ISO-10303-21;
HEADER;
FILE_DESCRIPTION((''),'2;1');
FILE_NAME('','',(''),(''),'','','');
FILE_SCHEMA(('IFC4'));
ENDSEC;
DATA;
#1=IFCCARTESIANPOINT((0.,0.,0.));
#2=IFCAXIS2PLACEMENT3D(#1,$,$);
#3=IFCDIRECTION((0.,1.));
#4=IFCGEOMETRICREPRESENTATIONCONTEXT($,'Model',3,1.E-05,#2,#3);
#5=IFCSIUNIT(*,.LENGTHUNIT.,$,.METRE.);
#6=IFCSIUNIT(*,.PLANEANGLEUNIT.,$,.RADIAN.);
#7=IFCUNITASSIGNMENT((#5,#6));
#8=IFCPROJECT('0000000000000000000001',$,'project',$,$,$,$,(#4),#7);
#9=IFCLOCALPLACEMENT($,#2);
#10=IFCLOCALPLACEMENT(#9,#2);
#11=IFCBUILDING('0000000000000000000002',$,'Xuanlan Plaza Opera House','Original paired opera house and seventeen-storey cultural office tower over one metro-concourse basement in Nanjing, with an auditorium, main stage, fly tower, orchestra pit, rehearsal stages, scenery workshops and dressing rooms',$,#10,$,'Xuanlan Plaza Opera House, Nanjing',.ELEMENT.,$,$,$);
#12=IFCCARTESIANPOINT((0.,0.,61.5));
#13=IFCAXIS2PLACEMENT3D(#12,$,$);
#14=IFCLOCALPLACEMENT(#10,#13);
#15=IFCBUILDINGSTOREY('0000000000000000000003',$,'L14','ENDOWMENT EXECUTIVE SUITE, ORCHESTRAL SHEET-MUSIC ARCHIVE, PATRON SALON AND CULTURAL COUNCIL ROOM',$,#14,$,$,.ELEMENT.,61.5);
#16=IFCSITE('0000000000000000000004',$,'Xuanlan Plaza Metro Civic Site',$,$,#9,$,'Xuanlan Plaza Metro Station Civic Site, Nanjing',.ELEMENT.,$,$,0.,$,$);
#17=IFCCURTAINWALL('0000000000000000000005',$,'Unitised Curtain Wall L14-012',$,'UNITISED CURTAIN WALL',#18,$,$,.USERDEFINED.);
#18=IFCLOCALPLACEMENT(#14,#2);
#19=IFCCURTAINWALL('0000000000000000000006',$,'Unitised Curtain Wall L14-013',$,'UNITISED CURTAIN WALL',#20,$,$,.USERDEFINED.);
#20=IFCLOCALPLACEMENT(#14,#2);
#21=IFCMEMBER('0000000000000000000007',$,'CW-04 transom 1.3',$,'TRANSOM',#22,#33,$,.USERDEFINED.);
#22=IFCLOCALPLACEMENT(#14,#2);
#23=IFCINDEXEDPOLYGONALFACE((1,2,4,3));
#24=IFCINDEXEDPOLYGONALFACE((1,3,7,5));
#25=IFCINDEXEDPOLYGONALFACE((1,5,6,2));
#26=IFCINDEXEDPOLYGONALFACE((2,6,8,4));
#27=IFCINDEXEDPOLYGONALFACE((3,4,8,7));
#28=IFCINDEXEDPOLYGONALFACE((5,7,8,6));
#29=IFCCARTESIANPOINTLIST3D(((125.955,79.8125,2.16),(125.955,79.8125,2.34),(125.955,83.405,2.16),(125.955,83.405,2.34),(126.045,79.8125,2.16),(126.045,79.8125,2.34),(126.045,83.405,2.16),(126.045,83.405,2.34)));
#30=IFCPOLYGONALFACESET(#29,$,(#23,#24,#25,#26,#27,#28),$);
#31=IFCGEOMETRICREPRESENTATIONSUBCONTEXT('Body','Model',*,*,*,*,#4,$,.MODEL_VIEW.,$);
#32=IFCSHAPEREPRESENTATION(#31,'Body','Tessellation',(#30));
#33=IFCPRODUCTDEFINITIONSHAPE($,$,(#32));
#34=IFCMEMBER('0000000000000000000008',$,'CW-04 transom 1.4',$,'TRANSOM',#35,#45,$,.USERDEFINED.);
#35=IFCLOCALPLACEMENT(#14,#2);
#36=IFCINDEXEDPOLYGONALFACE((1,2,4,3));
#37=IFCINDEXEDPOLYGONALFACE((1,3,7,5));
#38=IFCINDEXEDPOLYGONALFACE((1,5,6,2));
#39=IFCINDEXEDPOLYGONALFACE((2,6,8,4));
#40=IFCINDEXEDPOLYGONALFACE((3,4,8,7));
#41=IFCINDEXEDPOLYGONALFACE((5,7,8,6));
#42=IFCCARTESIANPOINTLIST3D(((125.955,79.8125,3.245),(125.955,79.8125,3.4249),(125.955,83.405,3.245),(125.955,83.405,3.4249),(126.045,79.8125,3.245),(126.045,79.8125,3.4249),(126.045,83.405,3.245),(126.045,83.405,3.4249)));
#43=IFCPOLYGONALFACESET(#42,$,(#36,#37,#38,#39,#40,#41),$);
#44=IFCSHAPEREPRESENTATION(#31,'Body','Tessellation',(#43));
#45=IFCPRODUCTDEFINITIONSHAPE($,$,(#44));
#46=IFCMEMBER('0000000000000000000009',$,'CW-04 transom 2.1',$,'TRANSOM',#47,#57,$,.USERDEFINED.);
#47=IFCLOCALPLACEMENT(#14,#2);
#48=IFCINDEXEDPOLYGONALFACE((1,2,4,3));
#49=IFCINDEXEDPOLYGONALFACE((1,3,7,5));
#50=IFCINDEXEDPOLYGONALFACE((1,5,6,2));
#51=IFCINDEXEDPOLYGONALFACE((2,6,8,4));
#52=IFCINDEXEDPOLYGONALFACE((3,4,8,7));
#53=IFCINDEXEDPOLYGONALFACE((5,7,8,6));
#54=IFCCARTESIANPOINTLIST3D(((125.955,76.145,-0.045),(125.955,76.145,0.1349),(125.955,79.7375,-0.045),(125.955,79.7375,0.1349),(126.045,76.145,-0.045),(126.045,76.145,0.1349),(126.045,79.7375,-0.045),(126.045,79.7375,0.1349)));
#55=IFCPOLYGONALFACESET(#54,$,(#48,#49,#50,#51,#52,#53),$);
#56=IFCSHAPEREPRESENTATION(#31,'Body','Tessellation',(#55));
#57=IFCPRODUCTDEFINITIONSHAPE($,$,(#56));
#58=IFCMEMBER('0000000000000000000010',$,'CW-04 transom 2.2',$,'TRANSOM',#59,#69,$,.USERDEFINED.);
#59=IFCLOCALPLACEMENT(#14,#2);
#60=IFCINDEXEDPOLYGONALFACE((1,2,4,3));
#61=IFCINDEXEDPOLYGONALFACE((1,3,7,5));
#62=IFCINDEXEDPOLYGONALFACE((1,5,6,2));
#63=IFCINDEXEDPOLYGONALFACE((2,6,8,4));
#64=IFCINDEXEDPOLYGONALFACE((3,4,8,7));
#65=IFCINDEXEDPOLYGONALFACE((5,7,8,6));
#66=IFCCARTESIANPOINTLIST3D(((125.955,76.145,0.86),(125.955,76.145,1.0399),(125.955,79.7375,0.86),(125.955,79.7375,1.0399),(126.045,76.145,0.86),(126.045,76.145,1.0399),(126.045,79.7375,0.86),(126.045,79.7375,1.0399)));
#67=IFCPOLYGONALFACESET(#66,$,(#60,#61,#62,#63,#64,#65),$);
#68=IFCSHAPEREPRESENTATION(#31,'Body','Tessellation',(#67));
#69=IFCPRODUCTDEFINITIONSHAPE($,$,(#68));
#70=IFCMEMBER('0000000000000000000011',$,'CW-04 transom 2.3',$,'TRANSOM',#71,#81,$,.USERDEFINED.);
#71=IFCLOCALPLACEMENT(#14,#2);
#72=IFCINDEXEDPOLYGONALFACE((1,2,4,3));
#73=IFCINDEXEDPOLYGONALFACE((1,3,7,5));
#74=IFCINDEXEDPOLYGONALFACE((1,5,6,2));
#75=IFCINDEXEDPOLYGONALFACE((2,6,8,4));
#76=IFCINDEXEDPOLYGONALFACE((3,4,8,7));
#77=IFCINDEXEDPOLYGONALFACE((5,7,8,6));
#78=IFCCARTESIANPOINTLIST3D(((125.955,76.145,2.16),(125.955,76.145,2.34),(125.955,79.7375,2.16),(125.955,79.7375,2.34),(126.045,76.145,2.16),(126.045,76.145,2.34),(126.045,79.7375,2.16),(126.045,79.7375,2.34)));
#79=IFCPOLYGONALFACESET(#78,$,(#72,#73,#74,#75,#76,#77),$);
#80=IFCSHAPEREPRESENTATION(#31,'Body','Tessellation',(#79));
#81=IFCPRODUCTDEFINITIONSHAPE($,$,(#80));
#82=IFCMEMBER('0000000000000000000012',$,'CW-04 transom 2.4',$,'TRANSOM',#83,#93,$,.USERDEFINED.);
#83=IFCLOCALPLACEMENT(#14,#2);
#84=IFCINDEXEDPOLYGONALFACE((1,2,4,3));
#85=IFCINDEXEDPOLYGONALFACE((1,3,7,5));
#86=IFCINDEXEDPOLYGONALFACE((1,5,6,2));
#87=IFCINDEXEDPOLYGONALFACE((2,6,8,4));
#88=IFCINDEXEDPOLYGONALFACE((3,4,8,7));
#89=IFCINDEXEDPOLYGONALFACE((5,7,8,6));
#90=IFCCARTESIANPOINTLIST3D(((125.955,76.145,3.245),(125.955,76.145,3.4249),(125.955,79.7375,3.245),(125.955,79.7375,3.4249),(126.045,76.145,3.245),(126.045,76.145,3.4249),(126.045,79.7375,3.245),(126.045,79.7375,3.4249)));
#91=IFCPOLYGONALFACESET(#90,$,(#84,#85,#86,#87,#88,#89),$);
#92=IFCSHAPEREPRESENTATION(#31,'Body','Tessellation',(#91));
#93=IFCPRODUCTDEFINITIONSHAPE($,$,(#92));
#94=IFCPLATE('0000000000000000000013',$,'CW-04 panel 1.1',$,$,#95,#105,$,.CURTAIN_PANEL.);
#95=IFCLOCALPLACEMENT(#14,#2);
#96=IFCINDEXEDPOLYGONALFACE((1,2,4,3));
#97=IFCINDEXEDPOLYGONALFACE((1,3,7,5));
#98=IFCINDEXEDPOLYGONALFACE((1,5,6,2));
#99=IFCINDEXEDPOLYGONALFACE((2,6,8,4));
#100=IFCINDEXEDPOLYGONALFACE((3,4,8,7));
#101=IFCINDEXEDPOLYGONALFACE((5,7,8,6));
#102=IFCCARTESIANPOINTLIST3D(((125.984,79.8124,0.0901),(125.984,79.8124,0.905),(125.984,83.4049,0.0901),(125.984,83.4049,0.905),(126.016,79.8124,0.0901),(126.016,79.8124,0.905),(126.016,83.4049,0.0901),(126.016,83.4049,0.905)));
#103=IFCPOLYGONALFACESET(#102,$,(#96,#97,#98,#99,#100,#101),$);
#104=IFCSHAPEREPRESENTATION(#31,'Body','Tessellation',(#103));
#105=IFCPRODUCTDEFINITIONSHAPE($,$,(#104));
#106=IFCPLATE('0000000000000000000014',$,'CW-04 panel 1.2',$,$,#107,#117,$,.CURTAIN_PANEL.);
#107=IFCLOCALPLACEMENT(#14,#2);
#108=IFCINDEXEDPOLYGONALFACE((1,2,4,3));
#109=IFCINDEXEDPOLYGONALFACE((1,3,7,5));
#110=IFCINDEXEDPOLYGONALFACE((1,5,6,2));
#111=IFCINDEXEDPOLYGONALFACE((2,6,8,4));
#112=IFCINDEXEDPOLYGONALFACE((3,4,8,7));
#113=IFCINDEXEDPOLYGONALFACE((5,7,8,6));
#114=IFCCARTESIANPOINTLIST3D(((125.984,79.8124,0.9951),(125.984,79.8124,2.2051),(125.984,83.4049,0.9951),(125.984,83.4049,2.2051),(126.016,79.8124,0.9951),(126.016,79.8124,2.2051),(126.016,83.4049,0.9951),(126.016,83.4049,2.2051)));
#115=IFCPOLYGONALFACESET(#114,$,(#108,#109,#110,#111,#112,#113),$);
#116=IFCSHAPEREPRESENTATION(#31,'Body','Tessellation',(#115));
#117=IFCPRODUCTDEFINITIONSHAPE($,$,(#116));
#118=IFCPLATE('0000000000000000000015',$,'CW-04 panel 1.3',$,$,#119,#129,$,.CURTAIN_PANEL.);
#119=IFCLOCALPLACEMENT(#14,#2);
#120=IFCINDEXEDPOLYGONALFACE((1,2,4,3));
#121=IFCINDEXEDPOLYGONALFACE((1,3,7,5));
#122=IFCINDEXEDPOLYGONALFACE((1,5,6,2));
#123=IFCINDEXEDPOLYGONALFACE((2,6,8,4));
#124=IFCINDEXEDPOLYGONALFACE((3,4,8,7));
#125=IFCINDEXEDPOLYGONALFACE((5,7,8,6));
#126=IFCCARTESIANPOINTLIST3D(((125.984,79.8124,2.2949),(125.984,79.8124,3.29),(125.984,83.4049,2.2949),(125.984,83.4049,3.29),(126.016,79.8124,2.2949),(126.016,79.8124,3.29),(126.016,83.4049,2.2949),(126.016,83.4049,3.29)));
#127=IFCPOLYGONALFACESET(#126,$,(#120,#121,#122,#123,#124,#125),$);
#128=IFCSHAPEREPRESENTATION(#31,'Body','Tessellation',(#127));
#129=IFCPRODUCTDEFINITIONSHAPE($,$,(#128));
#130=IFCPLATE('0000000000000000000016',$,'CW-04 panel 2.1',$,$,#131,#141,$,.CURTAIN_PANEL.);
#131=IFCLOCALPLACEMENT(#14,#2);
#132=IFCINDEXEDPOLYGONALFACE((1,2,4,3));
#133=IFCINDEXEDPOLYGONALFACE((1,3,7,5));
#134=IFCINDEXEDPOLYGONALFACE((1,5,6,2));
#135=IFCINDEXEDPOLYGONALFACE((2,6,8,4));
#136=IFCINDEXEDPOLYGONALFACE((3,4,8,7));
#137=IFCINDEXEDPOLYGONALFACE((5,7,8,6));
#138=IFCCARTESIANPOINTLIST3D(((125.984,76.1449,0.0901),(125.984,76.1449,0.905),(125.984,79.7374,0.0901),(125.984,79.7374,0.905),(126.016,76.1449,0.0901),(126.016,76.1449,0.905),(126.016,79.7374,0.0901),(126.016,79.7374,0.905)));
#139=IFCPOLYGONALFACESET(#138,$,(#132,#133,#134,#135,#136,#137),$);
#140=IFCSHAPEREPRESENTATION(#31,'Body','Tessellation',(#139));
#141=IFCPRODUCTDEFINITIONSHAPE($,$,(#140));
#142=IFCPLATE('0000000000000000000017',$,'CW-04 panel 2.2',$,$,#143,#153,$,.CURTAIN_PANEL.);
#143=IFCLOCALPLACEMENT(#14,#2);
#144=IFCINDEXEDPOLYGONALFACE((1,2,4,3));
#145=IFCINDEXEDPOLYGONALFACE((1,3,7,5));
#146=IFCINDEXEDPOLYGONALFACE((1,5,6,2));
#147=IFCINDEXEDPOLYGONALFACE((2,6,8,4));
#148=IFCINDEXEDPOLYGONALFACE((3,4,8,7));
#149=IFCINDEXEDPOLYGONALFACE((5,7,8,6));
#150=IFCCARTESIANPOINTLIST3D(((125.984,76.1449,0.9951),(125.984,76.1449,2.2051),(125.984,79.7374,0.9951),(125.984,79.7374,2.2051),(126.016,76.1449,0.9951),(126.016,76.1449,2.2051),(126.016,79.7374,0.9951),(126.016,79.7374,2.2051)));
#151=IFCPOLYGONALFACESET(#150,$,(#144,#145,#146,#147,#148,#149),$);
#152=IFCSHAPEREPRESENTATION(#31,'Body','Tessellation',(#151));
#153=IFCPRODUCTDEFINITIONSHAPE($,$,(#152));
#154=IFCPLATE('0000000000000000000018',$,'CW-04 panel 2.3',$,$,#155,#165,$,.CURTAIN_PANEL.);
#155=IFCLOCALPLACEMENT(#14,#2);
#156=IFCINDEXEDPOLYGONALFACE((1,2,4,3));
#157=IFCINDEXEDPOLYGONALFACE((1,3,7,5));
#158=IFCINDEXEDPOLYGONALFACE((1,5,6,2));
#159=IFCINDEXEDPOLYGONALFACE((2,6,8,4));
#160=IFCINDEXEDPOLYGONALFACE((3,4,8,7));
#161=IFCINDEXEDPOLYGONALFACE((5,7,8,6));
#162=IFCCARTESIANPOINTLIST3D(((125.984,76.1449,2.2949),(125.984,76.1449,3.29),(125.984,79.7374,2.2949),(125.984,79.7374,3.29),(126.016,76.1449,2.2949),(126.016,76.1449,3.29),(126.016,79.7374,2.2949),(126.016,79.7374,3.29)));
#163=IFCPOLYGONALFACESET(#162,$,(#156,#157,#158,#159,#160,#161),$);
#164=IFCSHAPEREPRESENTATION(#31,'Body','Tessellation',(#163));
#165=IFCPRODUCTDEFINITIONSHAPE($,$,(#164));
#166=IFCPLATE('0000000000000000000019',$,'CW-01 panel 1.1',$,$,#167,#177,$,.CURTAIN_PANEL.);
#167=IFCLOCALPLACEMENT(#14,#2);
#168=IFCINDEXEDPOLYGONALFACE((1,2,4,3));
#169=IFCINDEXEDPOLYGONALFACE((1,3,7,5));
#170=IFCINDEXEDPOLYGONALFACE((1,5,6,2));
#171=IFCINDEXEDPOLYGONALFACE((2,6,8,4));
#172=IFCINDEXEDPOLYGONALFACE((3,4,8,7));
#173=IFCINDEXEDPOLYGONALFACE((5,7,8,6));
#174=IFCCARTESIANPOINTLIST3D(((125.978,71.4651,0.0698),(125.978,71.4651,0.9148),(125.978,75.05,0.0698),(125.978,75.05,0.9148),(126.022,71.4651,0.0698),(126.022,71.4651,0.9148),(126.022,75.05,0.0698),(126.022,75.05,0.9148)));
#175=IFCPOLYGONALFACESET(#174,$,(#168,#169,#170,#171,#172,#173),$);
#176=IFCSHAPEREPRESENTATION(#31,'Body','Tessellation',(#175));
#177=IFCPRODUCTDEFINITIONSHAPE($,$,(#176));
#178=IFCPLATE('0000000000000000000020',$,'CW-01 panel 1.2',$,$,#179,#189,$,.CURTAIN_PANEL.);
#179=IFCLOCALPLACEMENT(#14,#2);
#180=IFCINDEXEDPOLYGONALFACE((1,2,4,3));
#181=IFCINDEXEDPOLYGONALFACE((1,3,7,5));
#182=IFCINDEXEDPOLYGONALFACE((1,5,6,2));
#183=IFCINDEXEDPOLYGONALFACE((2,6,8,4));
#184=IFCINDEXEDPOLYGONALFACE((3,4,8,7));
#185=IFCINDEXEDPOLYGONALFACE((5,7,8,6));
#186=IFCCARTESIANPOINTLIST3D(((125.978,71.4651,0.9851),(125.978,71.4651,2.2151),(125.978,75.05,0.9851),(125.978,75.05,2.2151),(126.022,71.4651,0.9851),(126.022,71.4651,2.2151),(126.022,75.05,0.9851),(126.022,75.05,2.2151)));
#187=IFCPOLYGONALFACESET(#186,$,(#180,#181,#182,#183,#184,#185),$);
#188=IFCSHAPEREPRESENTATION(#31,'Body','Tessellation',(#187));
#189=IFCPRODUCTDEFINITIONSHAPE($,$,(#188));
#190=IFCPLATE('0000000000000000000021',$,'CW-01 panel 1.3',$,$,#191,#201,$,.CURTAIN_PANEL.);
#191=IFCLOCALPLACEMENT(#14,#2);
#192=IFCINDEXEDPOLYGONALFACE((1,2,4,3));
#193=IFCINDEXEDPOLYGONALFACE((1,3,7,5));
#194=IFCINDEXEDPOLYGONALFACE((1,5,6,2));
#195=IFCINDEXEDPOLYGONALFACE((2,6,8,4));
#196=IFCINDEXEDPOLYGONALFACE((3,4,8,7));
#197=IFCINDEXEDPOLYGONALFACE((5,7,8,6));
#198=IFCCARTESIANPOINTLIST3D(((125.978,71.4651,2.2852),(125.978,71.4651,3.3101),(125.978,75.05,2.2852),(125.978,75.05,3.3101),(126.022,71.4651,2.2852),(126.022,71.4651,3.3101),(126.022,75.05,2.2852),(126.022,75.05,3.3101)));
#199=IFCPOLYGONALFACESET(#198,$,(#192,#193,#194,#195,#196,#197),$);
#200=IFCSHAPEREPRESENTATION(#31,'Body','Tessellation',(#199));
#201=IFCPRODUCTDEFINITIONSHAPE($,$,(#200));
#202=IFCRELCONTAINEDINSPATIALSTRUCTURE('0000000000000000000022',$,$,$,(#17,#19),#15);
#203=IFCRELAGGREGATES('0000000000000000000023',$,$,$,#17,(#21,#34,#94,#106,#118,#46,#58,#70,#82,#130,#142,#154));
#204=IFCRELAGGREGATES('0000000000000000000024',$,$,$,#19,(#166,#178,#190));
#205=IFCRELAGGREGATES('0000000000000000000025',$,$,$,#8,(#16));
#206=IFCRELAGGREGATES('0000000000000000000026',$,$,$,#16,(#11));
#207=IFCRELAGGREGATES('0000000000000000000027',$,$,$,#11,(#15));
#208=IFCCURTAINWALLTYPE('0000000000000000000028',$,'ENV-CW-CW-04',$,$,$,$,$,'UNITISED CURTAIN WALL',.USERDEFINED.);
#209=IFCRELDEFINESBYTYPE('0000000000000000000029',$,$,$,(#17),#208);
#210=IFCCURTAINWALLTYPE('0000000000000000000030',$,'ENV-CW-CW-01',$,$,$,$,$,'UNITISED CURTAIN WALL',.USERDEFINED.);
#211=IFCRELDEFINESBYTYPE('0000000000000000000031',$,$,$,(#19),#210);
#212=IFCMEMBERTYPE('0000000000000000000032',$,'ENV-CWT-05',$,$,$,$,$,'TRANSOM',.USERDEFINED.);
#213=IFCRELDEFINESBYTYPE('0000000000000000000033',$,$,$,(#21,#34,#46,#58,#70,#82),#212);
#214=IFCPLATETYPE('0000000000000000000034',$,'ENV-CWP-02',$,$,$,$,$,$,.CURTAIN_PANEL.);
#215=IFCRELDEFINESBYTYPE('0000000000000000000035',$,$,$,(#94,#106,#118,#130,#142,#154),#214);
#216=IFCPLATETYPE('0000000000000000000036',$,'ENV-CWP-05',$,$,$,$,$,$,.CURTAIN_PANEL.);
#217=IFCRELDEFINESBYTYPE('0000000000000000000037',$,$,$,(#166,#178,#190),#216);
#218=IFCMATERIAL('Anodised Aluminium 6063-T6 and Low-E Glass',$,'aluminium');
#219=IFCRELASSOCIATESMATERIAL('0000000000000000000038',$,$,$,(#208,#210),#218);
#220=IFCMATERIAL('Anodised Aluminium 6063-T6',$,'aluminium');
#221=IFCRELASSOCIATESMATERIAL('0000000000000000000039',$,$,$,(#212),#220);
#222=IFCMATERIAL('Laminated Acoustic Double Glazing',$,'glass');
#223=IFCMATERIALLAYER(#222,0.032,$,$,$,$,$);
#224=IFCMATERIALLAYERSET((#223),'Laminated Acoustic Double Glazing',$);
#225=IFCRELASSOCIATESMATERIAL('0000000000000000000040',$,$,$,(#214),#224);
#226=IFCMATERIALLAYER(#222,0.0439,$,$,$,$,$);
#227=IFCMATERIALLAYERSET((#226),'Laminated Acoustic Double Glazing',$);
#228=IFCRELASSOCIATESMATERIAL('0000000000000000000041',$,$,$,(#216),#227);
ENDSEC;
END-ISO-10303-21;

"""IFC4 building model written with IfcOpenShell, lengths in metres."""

from ifc_helpers import new_model, si_unit, direction, frame, origin, origin_2d, place, context, subcontext, project, spatial, rectangle, extrude, material, layer, layer_set, material_profile, profile_set, type_object, element, aggregate, save


model = new_model("IFC4")

# Units and contexts
model_context = context("Model", 3, precision=1e-05, world=origin(), true_north=direction((0.0, 1.0)))
body_context = subcontext(model_context, "Body", "Model", "MODEL_VIEW")
ifc_project = project(units=[si_unit("LENGTHUNIT", "METRE"), si_unit("PLANEANGLEUNIT", "RADIAN")], contexts=[model_context])

# Site, building, storey
site_placement = place(None, origin())
site = spatial("IfcSite", under=ifc_project, at=site_placement, Name="Xuanlan Plaza Metro Civic Site", LongName="Xuanlan Plaza Metro Station Civic Site, Nanjing", CompositionType="ELEMENT", RefElevation=0.0)
building_placement = place(site_placement, origin())
building = spatial("IfcBuilding", under=site, at=building_placement, Name="Xuanlan Plaza Opera House", Description="Original paired opera house and seventeen-storey cultural office tower over one metro-concourse basement in Nanjing, with an auditorium, main stage, fly tower, orchestra pit, rehearsal stages, scenery workshops and dressing rooms", LongName="Xuanlan Plaza Opera House, Nanjing", CompositionType="ELEMENT")
storey_placement = place(building_placement, frame((0.0, 0.0, 61.5)))
storey = spatial("IfcBuildingStorey", under=building, at=storey_placement, Name="L14", Description="ENDOWMENT EXECUTIVE SUITE, ORCHESTRAL SHEET-MUSIC ARCHIVE, PATRON SALON AND CULTURAL COUNCIL ROOM", CompositionType="ELEMENT", Elevation=61.5)

# Curtain wall
ifc_material_1 = material(Name="Anodised Aluminium 6063-T6 and Low-E Glass", Category="aluminium")
curtain_wall_type_1 = type_object("IfcCurtainWallType", Name="ENV-CW-CW-04", ElementType="UNITISED CURTAIN WALL", PredefinedType="USERDEFINED", material=ifc_material_1)
curtain_wall_1_placement = place(storey_placement, origin())
curtain_wall_1 = element("IfcCurtainWall", 1, at=curtain_wall_1_placement, inside=storey, type_object=curtain_wall_type_1, Name="Unitised Curtain Wall L14-012", ObjectType="UNITISED CURTAIN WALL", PredefinedType="USERDEFINED")
ifc_material_2 = material(Name="Anodised Aluminium 6063-T6", Category="aluminium")

# Curtain wall
curtain_wall_type_2 = type_object("IfcCurtainWallType", Name="ENV-CW-CW-01", ElementType="UNITISED CURTAIN WALL", PredefinedType="USERDEFINED", material=ifc_material_1)
curtain_wall_2_placement = place(storey_placement, origin())
curtain_wall_2 = element("IfcCurtainWall", 2, at=curtain_wall_2_placement, inside=storey, type_object=curtain_wall_type_2, Name="Unitised Curtain Wall L14-013", ObjectType="UNITISED CURTAIN WALL", PredefinedType="USERDEFINED")

# Members
ifc_material_profile_1 = material_profile(ifc_material_2, rectangle(XDim=0.0901, YDim=0.1799, at=origin_2d()), Name="ALU-T 90x180")
ifc_profile_set_1 = profile_set([ifc_material_profile_1], Name="Anodised Aluminium 6063-T6")
member_type_1 = type_object("IfcMemberType", Name="ENV-CWT-05", ElementType="TRANSOM", PredefinedType="USERDEFINED", material=ifc_profile_set_1)
member_1_placement = place(storey_placement, frame((126.0, 83.405, 2.25), z_axis=(0.0, -1.0, 0.0), x_axis=(1.0, 0.0, 0.0)))
member_1 = element("IfcMember", 3, at=member_1_placement, type_object=member_type_1, Name="CW-04 transom 1.3", ObjectType="TRANSOM", PredefinedType="USERDEFINED", context=body_context, shape_type="SweptSolid", body=[
    extrude(rectangle(XDim=0.0901, YDim=0.1799, at=origin_2d()), origin(), (0.0, 0.0, 1.0), 3.5925),
])
member_2_placement = place(storey_placement, frame((126.0, 83.405, 3.335), z_axis=(0.0, -1.0, 0.0), x_axis=(1.0, 0.0, 0.0)))
member_2 = element("IfcMember", 4, at=member_2_placement, type_object=member_type_1, Name="CW-04 transom 1.4", ObjectType="TRANSOM", PredefinedType="USERDEFINED", context=body_context, shape_type="SweptSolid", body=[
    extrude(rectangle(XDim=0.0901, YDim=0.1799, at=origin_2d()), origin(), (0.0, 0.0, 1.0), 3.5925),
])
member_3_placement = place(storey_placement, frame((126.0, 79.7375, 0.0449), z_axis=(0.0, -1.0, 0.0), x_axis=(1.0, 0.0, 0.0)))
member_3 = element("IfcMember", 5, at=member_3_placement, type_object=member_type_1, Name="CW-04 transom 2.1", ObjectType="TRANSOM", PredefinedType="USERDEFINED", context=body_context, shape_type="SweptSolid", body=[
    extrude(rectangle(XDim=0.0901, YDim=0.1799, at=origin_2d()), origin(), (0.0, 0.0, 1.0), 3.5925),
])
member_4_placement = place(storey_placement, frame((126.0, 79.7375, 0.95), z_axis=(0.0, -1.0, 0.0), x_axis=(1.0, 0.0, 0.0)))
member_4 = element("IfcMember", 6, at=member_4_placement, type_object=member_type_1, Name="CW-04 transom 2.2", ObjectType="TRANSOM", PredefinedType="USERDEFINED", context=body_context, shape_type="SweptSolid", body=[
    extrude(rectangle(XDim=0.0901, YDim=0.1799, at=origin_2d()), origin(), (0.0, 0.0, 1.0), 3.5925),
])
member_5_placement = place(storey_placement, frame((126.0, 79.7375, 2.25), z_axis=(0.0, -1.0, 0.0), x_axis=(1.0, 0.0, 0.0)))
member_5 = element("IfcMember", 7, at=member_5_placement, type_object=member_type_1, Name="CW-04 transom 2.3", ObjectType="TRANSOM", PredefinedType="USERDEFINED", context=body_context, shape_type="SweptSolid", body=[
    extrude(rectangle(XDim=0.0901, YDim=0.1799, at=origin_2d()), origin(), (0.0, 0.0, 1.0), 3.5925),
])
member_6_placement = place(storey_placement, frame((126.0, 79.7375, 3.335), z_axis=(0.0, -1.0, 0.0), x_axis=(1.0, 0.0, 0.0)))
member_6 = element("IfcMember", 8, at=member_6_placement, type_object=member_type_1, Name="CW-04 transom 2.4", ObjectType="TRANSOM", PredefinedType="USERDEFINED", context=body_context, shape_type="SweptSolid", body=[
    extrude(rectangle(XDim=0.0901, YDim=0.1799, at=origin_2d()), origin(), (0.0, 0.0, 1.0), 3.5925),
])

# Plates
ifc_material_3 = material(Name="Laminated Acoustic Double Glazing", Category="glass")
ifc_layer_1 = layer(ifc_material_3, 0.032)
ifc_layer_set_1 = layer_set([ifc_layer_1], Name="Laminated Acoustic Double Glazing")
plate_type_1 = type_object("IfcPlateType", Name="ENV-CWP-02", PredefinedType="CURTAIN_PANEL", material=ifc_layer_set_1)
plate_1_placement = place(storey_placement, frame((126.0, 81.6086, 0.0901), z_axis=(0.0, 0.0, 1.0), x_axis=(0.0, -1.0, 0.0)))
plate_1 = element("IfcPlate", 9, at=plate_1_placement, type_object=plate_type_1, Name="CW-04 panel 1.1", PredefinedType="CURTAIN_PANEL", context=body_context, shape_type="SweptSolid", body=[
    extrude(rectangle(XDim=3.5925, YDim=0.032, at=origin_2d()), origin(), (0.0, 0.0, 1.0), 0.8149),
])
plate_2_placement = place(storey_placement, frame((126.0, 81.6086, 0.9951), z_axis=(0.0, 0.0, 1.0), x_axis=(0.0, -1.0, 0.0)))
plate_2 = element("IfcPlate", 10, at=plate_2_placement, type_object=plate_type_1, Name="CW-04 panel 1.2", PredefinedType="CURTAIN_PANEL", context=body_context, shape_type="SweptSolid", body=[
    extrude(rectangle(XDim=3.5925, YDim=0.032, at=origin_2d()), origin(), (0.0, 0.0, 1.0), 1.21),
])
plate_3_placement = place(storey_placement, frame((126.0, 81.6086, 2.2949), z_axis=(0.0, 0.0, 1.0), x_axis=(0.0, -1.0, 0.0)))
plate_3 = element("IfcPlate", 11, at=plate_3_placement, type_object=plate_type_1, Name="CW-04 panel 1.3", PredefinedType="CURTAIN_PANEL", context=body_context, shape_type="SweptSolid", body=[
    extrude(rectangle(XDim=3.5925, YDim=0.032, at=origin_2d()), origin(), (0.0, 0.0, 1.0), 0.9951),
])
plate_4_placement = place(storey_placement, frame((126.0, 77.9412, 0.0901), z_axis=(0.0, 0.0, 1.0), x_axis=(0.0, -1.0, 0.0)))
plate_4 = element("IfcPlate", 12, at=plate_4_placement, type_object=plate_type_1, Name="CW-04 panel 2.1", PredefinedType="CURTAIN_PANEL", context=body_context, shape_type="SweptSolid", body=[
    extrude(rectangle(XDim=3.5925, YDim=0.032, at=origin_2d()), origin(), (0.0, 0.0, 1.0), 0.8149),
])
plate_5_placement = place(storey_placement, frame((126.0, 77.9412, 0.9951), z_axis=(0.0, 0.0, 1.0), x_axis=(0.0, -1.0, 0.0)))
plate_5 = element("IfcPlate", 13, at=plate_5_placement, type_object=plate_type_1, Name="CW-04 panel 2.2", PredefinedType="CURTAIN_PANEL", context=body_context, shape_type="SweptSolid", body=[
    extrude(rectangle(XDim=3.5925, YDim=0.032, at=origin_2d()), origin(), (0.0, 0.0, 1.0), 1.21),
])
plate_6_placement = place(storey_placement, frame((126.0, 77.9412, 2.2949), z_axis=(0.0, 0.0, 1.0), x_axis=(0.0, -1.0, 0.0)))
plate_6 = element("IfcPlate", 14, at=plate_6_placement, type_object=plate_type_1, Name="CW-04 panel 2.3", PredefinedType="CURTAIN_PANEL", context=body_context, shape_type="SweptSolid", body=[
    extrude(rectangle(XDim=3.5925, YDim=0.032, at=origin_2d()), origin(), (0.0, 0.0, 1.0), 0.9951),
])
aggregate(curtain_wall_1, [member_1, member_2, plate_1, plate_2, plate_3, member_3, member_4, member_5, member_6, plate_4, plate_5, plate_6])
ifc_layer_2 = layer(ifc_material_3, 0.0439)
ifc_layer_set_2 = layer_set([ifc_layer_2], Name="Laminated Acoustic Double Glazing")
plate_type_2 = type_object("IfcPlateType", Name="ENV-CWP-05", PredefinedType="CURTAIN_PANEL", material=ifc_layer_set_2)
plate_7_placement = place(storey_placement, frame((126.0, 73.2576, 0.0698), z_axis=(0.0, 0.0, 1.0), x_axis=(0.0, -1.0, 0.0)))
plate_7 = element("IfcPlate", 15, at=plate_7_placement, type_object=plate_type_2, Name="CW-01 panel 1.1", PredefinedType="CURTAIN_PANEL", context=body_context, shape_type="SweptSolid", body=[
    extrude(rectangle(XDim=3.585, YDim=0.0439, at=origin_2d()), origin(), (0.0, 0.0, 1.0), 0.845),
])
plate_8_placement = place(storey_placement, frame((126.0, 73.2576, 0.9851), z_axis=(0.0, 0.0, 1.0), x_axis=(0.0, -1.0, 0.0)))
plate_8 = element("IfcPlate", 16, at=plate_8_placement, type_object=plate_type_2, Name="CW-01 panel 1.2", PredefinedType="CURTAIN_PANEL", context=body_context, shape_type="SweptSolid", body=[
    extrude(rectangle(XDim=3.585, YDim=0.0439, at=origin_2d()), origin(), (0.0, 0.0, 1.0), 1.23),
])
plate_9_placement = place(storey_placement, frame((126.0, 73.2576, 2.2852), z_axis=(0.0, 0.0, 1.0), x_axis=(0.0, -1.0, 0.0)))
plate_9 = element("IfcPlate", 17, at=plate_9_placement, type_object=plate_type_2, Name="CW-01 panel 1.3", PredefinedType="CURTAIN_PANEL", context=body_context, shape_type="SweptSolid", body=[
    extrude(rectangle(XDim=3.585, YDim=0.0439, at=origin_2d()), origin(), (0.0, 0.0, 1.0), 1.0249),
])
aggregate(curtain_wall_2, [plate_7, plate_8, plate_9])

save(model, "model.ifc")
